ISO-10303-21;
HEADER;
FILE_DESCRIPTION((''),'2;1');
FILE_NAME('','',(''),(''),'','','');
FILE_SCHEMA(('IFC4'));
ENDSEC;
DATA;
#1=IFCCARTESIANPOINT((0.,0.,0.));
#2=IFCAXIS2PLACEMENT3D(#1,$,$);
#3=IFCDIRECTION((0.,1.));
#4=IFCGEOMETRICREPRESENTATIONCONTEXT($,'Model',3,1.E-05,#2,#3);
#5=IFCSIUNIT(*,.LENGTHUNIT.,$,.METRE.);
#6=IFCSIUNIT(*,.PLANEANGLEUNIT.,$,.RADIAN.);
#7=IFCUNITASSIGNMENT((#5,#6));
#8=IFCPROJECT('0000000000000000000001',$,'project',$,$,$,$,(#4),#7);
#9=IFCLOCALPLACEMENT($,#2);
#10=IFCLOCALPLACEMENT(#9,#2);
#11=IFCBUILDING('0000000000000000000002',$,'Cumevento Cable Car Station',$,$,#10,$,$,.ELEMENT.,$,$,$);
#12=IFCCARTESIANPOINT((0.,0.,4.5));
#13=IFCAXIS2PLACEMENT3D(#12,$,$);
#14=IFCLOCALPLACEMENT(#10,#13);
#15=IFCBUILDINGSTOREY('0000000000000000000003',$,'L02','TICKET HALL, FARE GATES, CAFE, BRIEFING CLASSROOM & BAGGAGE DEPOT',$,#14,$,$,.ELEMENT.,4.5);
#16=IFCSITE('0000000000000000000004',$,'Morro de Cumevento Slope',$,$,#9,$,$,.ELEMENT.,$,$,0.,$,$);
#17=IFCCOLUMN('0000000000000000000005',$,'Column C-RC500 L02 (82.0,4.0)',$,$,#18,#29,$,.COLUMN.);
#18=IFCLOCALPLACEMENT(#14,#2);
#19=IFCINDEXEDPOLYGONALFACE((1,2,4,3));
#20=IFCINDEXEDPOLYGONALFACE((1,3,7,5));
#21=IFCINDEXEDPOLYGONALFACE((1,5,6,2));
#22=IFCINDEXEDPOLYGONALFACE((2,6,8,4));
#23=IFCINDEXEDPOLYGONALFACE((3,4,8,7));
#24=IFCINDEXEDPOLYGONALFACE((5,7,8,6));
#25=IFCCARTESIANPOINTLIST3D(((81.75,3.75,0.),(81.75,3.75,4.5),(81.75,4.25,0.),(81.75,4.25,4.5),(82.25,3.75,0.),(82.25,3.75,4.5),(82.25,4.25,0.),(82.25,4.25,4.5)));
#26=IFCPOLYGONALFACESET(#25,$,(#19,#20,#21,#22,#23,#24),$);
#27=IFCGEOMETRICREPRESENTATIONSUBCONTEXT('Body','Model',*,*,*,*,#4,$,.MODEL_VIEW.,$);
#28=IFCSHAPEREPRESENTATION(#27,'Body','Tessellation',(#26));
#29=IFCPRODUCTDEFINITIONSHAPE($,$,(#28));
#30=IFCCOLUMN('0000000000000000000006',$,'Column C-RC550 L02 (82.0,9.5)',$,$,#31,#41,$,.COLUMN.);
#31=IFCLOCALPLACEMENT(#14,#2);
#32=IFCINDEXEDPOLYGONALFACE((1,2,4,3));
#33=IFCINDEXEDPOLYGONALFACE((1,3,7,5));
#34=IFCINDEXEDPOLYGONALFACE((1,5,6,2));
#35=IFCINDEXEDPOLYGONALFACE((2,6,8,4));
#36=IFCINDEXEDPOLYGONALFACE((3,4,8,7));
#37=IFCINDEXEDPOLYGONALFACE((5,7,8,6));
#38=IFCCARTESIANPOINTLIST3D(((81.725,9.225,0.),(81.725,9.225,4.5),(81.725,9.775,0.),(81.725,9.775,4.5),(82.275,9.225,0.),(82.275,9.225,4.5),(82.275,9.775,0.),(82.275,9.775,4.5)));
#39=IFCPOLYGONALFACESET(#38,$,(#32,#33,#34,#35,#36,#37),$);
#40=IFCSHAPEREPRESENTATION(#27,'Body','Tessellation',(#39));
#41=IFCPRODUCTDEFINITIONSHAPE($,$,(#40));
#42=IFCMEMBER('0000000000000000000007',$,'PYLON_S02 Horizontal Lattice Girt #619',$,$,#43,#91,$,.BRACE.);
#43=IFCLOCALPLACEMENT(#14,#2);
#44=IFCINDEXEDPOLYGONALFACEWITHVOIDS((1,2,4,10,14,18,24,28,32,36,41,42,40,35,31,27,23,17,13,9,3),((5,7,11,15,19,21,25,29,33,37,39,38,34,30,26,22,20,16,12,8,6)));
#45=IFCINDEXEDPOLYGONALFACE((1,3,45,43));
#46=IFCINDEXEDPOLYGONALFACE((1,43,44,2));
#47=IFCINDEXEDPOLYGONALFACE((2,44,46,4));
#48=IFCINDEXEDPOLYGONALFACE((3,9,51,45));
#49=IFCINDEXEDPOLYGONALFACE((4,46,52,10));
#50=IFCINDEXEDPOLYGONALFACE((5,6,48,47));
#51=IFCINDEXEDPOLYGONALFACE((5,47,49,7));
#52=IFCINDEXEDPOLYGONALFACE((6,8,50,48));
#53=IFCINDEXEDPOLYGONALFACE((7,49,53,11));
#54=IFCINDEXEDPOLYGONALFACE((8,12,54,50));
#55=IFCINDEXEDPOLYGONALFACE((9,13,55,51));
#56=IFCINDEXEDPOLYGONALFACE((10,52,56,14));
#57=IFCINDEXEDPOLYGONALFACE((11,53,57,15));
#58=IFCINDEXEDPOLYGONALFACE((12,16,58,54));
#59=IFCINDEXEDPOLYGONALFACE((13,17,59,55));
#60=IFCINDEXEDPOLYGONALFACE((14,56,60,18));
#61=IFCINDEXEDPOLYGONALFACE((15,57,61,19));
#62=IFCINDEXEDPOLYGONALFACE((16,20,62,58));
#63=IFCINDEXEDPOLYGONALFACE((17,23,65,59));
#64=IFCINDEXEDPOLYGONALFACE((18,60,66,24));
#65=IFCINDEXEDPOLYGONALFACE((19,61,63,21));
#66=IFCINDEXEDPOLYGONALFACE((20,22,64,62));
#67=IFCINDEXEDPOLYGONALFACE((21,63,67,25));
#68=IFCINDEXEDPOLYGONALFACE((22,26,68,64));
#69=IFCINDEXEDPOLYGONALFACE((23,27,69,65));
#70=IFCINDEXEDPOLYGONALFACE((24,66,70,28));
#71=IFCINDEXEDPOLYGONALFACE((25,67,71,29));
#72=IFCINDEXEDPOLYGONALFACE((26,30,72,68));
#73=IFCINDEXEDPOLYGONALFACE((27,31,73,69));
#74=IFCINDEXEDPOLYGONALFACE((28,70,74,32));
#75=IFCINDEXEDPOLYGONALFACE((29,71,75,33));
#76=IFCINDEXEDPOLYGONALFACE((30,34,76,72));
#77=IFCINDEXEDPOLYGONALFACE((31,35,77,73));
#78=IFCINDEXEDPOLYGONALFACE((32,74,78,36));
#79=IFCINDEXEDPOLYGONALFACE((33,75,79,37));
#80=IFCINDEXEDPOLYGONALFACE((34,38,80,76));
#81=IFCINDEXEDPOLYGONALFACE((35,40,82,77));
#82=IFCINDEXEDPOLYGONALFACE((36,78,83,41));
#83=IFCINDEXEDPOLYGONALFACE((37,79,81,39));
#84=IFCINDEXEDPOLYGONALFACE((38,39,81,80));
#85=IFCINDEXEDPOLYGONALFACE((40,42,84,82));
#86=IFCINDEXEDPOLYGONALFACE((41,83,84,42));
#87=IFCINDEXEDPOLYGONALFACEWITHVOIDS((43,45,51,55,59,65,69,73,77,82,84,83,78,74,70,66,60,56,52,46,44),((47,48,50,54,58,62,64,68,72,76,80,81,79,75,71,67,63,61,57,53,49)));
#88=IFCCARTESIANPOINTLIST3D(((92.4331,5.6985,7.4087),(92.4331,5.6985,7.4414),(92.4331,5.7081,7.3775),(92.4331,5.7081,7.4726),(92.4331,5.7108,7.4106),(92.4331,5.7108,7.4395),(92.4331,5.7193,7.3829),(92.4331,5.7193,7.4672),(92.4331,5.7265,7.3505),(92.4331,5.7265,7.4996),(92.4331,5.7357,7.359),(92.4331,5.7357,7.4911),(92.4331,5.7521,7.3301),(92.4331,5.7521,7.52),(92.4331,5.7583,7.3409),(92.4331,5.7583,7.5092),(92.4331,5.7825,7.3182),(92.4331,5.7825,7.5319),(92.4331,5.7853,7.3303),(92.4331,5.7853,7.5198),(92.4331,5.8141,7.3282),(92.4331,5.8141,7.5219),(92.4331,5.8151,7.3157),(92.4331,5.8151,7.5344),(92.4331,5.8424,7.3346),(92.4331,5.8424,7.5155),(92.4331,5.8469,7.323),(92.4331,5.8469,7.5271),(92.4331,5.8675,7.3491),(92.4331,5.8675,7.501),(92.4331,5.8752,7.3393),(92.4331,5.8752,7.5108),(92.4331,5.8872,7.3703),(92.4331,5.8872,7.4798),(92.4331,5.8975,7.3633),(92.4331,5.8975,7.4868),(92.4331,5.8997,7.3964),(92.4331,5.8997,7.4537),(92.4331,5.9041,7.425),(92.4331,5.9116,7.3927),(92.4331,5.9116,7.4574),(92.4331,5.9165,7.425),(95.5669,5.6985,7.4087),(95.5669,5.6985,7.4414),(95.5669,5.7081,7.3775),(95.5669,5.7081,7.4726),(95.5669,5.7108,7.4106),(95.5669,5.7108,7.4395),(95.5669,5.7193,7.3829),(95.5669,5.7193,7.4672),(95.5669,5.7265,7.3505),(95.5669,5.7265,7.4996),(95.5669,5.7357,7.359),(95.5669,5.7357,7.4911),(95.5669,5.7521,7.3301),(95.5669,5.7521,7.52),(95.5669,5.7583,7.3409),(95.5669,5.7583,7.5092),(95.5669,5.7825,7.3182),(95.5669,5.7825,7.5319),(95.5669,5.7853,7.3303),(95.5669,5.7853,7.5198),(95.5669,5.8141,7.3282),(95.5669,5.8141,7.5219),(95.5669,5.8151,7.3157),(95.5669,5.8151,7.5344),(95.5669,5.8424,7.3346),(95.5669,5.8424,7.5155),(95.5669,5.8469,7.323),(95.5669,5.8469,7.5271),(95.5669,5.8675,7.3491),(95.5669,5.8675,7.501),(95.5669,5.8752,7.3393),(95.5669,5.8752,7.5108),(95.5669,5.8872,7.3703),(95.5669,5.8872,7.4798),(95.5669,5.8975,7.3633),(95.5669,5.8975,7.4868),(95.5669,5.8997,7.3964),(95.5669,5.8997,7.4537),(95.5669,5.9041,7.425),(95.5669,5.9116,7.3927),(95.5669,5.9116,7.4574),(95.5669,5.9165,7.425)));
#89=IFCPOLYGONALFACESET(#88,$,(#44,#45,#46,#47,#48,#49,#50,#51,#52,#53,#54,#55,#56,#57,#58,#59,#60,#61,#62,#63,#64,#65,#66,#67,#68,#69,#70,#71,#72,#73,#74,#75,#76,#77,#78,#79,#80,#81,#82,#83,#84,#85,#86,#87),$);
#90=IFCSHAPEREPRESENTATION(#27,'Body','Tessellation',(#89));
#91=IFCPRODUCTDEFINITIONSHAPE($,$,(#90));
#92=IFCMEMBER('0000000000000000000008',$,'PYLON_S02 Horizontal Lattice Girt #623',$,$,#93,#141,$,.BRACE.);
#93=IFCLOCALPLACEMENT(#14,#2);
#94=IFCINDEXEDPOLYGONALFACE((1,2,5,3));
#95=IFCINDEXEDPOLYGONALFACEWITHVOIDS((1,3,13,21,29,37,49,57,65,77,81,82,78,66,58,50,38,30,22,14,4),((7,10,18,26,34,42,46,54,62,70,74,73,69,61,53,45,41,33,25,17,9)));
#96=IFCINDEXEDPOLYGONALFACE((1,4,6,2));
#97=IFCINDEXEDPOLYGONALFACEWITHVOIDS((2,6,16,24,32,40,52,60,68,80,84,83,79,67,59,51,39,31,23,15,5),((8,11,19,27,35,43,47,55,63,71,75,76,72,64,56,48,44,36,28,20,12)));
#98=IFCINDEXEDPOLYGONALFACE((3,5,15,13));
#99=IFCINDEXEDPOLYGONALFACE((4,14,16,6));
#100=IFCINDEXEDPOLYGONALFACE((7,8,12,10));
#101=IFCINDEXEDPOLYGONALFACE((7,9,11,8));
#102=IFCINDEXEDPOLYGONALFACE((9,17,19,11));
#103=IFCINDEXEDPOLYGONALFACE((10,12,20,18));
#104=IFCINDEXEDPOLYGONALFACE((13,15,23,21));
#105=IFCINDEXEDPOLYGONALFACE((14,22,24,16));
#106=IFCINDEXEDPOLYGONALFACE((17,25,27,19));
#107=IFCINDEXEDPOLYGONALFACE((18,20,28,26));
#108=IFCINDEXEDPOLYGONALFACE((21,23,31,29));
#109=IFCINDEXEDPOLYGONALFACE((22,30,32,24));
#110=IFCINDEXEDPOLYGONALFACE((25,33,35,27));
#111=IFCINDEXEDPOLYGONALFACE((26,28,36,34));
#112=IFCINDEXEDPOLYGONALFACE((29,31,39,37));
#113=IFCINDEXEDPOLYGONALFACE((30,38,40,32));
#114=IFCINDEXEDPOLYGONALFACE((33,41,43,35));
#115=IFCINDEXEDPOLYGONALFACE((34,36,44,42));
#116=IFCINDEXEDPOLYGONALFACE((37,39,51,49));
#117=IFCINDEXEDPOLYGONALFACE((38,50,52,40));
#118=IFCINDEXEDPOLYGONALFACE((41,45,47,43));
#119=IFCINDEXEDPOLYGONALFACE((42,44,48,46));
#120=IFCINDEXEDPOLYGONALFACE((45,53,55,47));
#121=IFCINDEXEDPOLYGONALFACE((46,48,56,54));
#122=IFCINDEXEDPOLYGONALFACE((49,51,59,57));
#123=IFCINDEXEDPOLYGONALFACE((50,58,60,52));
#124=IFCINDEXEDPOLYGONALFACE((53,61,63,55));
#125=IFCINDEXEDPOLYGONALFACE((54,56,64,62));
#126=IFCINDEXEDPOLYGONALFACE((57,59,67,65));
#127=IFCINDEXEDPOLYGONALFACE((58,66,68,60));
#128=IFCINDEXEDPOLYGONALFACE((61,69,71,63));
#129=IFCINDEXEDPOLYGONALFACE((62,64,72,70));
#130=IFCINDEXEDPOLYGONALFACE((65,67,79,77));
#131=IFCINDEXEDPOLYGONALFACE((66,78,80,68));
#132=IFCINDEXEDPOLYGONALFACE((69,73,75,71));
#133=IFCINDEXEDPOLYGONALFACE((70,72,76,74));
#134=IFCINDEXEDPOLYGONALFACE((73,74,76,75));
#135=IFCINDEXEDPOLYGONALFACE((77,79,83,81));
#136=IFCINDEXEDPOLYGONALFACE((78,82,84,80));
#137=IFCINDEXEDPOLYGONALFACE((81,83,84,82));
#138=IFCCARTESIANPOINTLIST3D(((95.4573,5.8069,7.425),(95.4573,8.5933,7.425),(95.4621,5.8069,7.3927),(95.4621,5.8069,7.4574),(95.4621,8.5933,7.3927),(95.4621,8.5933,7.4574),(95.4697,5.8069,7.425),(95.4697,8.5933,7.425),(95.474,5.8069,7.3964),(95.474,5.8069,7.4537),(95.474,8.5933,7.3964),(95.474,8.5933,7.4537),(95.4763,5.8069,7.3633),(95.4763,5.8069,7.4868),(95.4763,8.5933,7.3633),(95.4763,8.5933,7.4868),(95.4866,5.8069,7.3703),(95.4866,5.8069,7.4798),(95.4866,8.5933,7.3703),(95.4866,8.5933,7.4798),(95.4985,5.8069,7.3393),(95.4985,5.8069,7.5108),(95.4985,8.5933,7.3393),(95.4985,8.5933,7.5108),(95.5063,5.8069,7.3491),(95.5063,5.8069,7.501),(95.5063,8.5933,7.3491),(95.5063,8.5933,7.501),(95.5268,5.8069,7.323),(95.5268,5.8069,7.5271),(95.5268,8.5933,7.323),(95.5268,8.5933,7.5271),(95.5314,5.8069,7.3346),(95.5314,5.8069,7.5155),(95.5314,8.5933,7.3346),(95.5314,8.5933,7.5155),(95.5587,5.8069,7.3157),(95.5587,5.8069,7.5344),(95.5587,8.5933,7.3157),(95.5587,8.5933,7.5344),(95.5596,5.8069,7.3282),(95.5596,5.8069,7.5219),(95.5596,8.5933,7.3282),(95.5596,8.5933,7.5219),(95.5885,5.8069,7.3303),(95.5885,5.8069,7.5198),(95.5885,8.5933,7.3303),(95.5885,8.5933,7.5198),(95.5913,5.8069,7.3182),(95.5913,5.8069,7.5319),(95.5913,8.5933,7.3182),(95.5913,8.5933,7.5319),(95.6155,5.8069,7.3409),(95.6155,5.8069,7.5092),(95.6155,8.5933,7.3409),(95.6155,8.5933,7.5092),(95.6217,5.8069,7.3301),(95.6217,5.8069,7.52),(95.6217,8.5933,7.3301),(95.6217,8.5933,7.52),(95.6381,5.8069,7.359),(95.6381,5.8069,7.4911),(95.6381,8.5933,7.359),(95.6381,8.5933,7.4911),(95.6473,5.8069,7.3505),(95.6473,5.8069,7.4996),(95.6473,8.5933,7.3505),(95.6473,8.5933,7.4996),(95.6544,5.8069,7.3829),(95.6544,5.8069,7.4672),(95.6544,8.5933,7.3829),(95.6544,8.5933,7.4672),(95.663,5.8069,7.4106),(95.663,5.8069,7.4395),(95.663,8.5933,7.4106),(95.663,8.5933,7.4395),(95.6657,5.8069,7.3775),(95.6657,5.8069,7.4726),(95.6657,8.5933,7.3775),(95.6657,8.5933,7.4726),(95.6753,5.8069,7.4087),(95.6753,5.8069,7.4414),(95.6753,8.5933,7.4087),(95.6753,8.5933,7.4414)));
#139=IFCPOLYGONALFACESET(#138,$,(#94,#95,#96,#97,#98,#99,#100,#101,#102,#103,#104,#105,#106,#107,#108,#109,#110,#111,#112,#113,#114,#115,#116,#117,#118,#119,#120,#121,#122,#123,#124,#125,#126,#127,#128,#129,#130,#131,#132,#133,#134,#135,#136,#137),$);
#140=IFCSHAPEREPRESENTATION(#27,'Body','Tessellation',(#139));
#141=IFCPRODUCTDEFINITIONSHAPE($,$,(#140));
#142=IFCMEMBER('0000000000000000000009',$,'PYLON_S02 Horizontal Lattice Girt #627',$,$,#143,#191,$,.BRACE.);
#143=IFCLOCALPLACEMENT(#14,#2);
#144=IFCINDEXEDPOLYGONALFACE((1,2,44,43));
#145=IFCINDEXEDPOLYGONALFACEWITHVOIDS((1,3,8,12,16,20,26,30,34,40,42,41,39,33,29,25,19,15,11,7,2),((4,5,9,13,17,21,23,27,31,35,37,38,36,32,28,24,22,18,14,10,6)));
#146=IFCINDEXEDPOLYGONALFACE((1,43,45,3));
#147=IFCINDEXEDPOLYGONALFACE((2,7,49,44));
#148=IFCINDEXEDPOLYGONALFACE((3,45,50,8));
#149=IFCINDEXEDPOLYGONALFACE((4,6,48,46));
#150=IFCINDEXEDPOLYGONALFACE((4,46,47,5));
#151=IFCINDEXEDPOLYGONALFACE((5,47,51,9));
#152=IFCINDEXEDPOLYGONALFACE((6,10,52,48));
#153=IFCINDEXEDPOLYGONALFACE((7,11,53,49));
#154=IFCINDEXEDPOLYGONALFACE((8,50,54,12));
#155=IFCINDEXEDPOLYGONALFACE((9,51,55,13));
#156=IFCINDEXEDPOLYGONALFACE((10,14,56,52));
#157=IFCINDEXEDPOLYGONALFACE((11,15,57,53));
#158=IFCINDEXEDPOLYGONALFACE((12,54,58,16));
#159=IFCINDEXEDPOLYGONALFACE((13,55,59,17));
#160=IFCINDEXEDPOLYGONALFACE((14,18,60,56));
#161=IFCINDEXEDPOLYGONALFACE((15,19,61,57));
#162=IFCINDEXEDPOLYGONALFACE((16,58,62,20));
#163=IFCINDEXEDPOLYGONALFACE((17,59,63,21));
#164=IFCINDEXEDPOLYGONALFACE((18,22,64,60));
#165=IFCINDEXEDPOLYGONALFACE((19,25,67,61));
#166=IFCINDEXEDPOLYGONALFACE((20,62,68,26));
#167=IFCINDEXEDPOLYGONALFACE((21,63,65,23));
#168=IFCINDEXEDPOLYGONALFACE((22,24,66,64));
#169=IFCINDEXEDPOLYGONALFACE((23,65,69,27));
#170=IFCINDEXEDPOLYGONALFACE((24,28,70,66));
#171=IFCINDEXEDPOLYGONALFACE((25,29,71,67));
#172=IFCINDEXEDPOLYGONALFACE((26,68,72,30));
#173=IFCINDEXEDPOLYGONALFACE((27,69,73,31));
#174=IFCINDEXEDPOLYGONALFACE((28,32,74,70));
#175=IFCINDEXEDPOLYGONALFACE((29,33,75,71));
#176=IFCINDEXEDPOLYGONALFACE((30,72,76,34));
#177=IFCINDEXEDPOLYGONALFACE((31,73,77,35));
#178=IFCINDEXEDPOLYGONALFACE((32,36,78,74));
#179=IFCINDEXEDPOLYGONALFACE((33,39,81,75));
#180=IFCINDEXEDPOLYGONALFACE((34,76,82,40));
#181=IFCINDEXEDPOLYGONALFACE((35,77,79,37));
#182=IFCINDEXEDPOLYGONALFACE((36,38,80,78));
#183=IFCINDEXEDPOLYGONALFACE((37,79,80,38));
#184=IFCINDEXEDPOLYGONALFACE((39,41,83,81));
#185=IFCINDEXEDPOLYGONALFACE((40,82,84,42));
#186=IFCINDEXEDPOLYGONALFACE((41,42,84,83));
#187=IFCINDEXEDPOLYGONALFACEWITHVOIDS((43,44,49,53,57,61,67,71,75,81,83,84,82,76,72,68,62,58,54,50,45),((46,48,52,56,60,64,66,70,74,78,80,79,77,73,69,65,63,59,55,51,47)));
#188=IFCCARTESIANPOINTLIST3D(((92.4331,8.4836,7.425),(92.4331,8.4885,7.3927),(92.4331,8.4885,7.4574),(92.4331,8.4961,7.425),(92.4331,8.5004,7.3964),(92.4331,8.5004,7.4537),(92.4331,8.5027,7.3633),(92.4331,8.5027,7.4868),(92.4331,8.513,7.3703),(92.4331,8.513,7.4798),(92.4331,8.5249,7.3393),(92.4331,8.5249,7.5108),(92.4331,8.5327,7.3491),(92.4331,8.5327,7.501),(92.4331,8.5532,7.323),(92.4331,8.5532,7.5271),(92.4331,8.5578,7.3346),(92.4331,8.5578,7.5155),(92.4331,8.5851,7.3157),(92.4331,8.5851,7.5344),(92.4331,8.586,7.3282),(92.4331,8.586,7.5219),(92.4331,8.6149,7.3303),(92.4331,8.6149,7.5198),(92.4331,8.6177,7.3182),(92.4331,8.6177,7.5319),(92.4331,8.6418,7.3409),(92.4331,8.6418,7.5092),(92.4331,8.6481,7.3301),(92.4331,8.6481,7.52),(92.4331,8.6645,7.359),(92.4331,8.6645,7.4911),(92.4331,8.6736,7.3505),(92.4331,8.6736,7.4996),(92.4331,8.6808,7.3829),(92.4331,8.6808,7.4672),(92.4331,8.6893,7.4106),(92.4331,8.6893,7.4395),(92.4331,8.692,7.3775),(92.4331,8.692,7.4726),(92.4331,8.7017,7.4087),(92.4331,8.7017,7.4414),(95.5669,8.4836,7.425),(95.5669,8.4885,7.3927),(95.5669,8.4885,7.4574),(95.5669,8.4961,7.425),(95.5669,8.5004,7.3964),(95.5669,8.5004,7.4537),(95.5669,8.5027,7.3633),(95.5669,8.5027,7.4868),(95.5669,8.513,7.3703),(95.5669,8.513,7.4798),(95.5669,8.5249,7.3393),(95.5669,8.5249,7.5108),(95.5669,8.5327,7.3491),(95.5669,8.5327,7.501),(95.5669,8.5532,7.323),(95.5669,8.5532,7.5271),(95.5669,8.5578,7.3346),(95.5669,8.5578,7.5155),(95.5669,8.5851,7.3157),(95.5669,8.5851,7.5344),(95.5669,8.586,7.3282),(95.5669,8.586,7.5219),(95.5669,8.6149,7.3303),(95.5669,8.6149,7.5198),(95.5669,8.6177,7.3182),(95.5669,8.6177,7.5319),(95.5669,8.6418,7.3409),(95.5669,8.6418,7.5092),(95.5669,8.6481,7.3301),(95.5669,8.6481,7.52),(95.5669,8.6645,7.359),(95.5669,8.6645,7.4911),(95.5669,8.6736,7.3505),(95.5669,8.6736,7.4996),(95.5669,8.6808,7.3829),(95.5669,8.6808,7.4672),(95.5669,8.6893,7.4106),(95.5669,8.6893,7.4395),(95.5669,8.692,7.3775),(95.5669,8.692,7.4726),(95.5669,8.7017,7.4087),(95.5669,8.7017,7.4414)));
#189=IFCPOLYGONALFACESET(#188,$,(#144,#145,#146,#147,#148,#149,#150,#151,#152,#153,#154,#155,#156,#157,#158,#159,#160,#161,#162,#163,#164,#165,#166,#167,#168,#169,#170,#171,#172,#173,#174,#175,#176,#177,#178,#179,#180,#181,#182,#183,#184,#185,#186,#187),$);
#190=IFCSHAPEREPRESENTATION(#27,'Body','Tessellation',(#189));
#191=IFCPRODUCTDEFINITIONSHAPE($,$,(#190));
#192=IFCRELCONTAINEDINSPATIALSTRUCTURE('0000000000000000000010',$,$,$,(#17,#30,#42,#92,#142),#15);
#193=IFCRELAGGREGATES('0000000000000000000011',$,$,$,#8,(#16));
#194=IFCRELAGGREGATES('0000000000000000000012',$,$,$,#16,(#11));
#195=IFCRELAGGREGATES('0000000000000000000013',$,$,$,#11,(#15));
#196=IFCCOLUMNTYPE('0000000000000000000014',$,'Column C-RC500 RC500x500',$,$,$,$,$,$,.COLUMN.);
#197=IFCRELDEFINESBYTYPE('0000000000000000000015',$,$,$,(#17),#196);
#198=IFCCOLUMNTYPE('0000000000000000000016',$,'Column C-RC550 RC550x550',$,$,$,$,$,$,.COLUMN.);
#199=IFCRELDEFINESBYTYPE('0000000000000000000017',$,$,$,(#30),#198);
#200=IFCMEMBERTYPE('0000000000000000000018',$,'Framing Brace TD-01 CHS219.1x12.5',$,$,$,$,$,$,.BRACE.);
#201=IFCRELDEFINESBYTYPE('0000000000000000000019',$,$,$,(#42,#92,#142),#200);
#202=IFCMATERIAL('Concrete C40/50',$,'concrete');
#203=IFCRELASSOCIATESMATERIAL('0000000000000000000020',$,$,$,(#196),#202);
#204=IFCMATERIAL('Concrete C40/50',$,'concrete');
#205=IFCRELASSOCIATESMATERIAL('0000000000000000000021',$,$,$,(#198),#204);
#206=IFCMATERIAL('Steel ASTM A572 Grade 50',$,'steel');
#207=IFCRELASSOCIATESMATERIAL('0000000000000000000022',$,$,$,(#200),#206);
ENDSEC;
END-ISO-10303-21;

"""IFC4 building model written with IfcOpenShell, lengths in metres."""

from ifc_helpers import new_model, si_unit, direction, frame, origin, origin_2d, place, context, subcontext, project, spatial, rectangle, hollow_circle, extrude, material, material_profile, profile_set, type_object, element, save


model = new_model("IFC4")

# Units and contexts
model_context = context("Model", 3, precision=1e-05, world=origin(), true_north=direction((0.0, 1.0)))
body_context = subcontext(model_context, "Body", "Model", "MODEL_VIEW")
ifc_project = project(units=[si_unit("LENGTHUNIT", "METRE"), si_unit("PLANEANGLEUNIT", "RADIAN")], contexts=[model_context])

# Site, building, storey
site_placement = place(None, origin())
site = spatial("IfcSite", under=ifc_project, at=site_placement, Name="Morro de Cumevento Slope", CompositionType="ELEMENT", RefElevation=0.0)
building_placement = place(site_placement, origin())
building = spatial("IfcBuilding", under=site, at=building_placement, Name="Cumevento Cable Car Station", CompositionType="ELEMENT")
storey_placement = place(building_placement, frame((0.0, 0.0, 4.5)))
storey = spatial("IfcBuildingStorey", under=building, at=storey_placement, Name="L02", Description="TICKET HALL, FARE GATES, CAFE, BRIEFING CLASSROOM & BAGGAGE DEPOT", CompositionType="ELEMENT", Elevation=4.5)

# Columns
ifc_material_1 = material(Name="Concrete C40/50", Category="concrete")
ifc_material_profile_1 = material_profile(ifc_material_1, rectangle(XDim=0.5, YDim=0.5, at=origin_2d()), Name="RC500x500")
ifc_profile_set_1 = profile_set([ifc_material_profile_1], Name="Concrete C40/50")
column_type_1 = type_object("IfcColumnType", Name="Column C-RC500 RC500x500", PredefinedType="COLUMN", material=ifc_profile_set_1)
column_1_placement = place(storey_placement, frame((82.0, 4.0, 0.0), z_axis=(0.0, 0.0, 1.0), x_axis=(1.0, 0.0, 0.0)))
element("IfcColumn", 1, at=column_1_placement, inside=storey, type_object=column_type_1, Name="Column C-RC500 L02 (82.0,4.0)", PredefinedType="COLUMN", context=body_context, shape_type="SweptSolid", body=[
    extrude(rectangle(XDim=0.5, YDim=0.5, at=origin_2d()), origin(), (0.0, 0.0, 1.0), 4.5),
])
ifc_material_2 = material(Name="Concrete C40/50", Category="concrete")
ifc_material_profile_2 = material_profile(ifc_material_2, rectangle(XDim=0.55, YDim=0.55, at=origin_2d()), Name="RC550x550")
ifc_profile_set_2 = profile_set([ifc_material_profile_2], Name="Concrete C40/50")
column_type_2 = type_object("IfcColumnType", Name="Column C-RC550 RC550x550", PredefinedType="COLUMN", material=ifc_profile_set_2)
column_2_placement = place(storey_placement, frame((82.0, 9.5, 0.0), z_axis=(0.0, 0.0, 1.0), x_axis=(1.0, 0.0, 0.0)))
element("IfcColumn", 2, at=column_2_placement, inside=storey, type_object=column_type_2, Name="Column C-RC550 L02 (82.0,9.5)", PredefinedType="COLUMN", context=body_context, shape_type="SweptSolid", body=[
    extrude(rectangle(XDim=0.55, YDim=0.55, at=origin_2d()), origin(), (0.0, 0.0, 1.0), 4.5),
])

# Members
ifc_material_3 = material(Name="Steel ASTM A572 Grade 50", Category="steel")
ifc_material_profile_3 = material_profile(ifc_material_3, hollow_circle(Radius=0.1096, WallThickness=0.0125, at=origin_2d()), Name="CHS219.1x12.5")
ifc_profile_set_3 = profile_set([ifc_material_profile_3], Name="Steel ASTM A572 Grade 50")
member_type_1 = type_object("IfcMemberType", Name="Framing Brace TD-01 CHS219.1x12.5", PredefinedType="BRACE", material=ifc_profile_set_3)
member_1_placement = place(storey_placement, frame((92.4331, 5.8069, 7.425), z_axis=(1.0, 0.0, 0.0), x_axis=(0.0, 1.0, 0.0)))
element("IfcMember", 3, at=member_1_placement, inside=storey, type_object=member_type_1, Name="PYLON_S02 Horizontal Lattice Girt #619", PredefinedType="BRACE", context=body_context, shape_type="SweptSolid", body=[
    extrude(hollow_circle(Radius=0.1096, WallThickness=0.0125, at=origin_2d()), origin(), (0.0, 0.0, 1.0), 3.1338),
])
member_2_placement = place(storey_placement, frame((95.5669, 5.8069, 7.425), z_axis=(0.0, 1.0, 0.0), x_axis=(-1.0, 0.0, 0.0)))
element("IfcMember", 4, at=member_2_placement, inside=storey, type_object=member_type_1, Name="PYLON_S02 Horizontal Lattice Girt #623", PredefinedType="BRACE", context=body_context, shape_type="SweptSolid", body=[
    extrude(hollow_circle(Radius=0.1096, WallThickness=0.0125, at=origin_2d()), origin(), (0.0, 0.0, 1.0), 2.7864),
])
member_3_placement = place(storey_placement, frame((95.5669, 8.5933, 7.425), z_axis=(-1.0, 0.0, 0.0), x_axis=(0.0, -1.0, 0.0)))
element("IfcMember", 5, at=member_3_placement, inside=storey, type_object=member_type_1, Name="PYLON_S02 Horizontal Lattice Girt #627", PredefinedType="BRACE", context=body_context, shape_type="SweptSolid", body=[
    extrude(hollow_circle(Radius=0.1096, WallThickness=0.0125, at=origin_2d()), origin(), (0.0, 0.0, 1.0), 3.1338),
])

save(model, "model.ifc")
